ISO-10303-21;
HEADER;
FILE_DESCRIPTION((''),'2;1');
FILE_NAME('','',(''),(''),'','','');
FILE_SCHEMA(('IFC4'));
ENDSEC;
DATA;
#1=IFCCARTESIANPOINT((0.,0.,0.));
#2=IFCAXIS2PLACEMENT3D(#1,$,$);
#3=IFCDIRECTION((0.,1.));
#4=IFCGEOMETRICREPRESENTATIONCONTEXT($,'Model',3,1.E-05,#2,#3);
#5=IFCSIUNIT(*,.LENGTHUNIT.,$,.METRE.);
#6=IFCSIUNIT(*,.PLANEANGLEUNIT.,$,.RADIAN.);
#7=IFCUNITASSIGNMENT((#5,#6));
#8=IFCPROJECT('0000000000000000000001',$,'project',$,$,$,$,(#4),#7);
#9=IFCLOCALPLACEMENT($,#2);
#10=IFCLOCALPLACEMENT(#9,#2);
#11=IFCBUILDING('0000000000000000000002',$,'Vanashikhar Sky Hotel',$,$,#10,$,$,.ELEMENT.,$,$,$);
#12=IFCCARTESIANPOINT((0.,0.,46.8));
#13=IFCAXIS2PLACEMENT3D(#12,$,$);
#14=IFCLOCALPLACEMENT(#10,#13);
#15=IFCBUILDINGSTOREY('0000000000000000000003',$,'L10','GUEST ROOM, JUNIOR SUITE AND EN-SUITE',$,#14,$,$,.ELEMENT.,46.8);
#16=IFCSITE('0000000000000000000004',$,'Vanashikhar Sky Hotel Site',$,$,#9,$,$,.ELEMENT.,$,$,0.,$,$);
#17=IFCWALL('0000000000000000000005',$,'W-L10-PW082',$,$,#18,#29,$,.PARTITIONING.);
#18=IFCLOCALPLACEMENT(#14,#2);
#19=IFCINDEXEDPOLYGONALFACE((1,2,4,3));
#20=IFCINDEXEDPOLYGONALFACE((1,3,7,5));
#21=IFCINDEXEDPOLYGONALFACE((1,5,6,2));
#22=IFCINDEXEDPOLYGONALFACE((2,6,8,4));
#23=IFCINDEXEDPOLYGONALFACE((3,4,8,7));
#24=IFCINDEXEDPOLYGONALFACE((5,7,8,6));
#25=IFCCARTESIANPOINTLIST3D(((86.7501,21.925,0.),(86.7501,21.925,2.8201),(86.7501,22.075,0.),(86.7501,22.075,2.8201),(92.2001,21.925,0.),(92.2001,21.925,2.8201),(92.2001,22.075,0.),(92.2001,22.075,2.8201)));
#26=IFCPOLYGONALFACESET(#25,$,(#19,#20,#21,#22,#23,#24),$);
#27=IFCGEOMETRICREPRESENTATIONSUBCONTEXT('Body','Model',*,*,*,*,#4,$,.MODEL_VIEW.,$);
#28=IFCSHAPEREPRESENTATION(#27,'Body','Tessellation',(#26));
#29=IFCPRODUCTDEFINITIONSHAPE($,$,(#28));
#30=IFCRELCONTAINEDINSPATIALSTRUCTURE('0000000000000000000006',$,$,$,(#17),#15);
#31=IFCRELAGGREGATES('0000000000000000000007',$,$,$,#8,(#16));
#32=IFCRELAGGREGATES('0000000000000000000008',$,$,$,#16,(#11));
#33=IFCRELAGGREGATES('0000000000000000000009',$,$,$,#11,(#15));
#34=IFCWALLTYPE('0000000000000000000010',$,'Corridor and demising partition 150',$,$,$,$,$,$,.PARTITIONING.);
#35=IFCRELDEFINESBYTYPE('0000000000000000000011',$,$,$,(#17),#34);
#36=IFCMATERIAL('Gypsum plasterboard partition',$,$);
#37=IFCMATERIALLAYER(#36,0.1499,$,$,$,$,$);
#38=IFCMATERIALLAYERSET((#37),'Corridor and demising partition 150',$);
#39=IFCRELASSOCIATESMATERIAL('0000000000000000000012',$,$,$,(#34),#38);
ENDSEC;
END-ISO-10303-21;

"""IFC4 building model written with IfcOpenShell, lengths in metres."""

from ifc_helpers import new_model, si_unit, direction, frame, frame_2d, origin, place, context, subcontext, project, spatial, rectangle, extrude, source, transform, mapped, material, layer, layer_set, type_object, element, save


model = new_model("IFC4")

# Units and contexts
model_context = context("Model", 3, precision=1e-05, world=origin(), true_north=direction((0.0, 1.0)))
body_context = subcontext(model_context, "Body", "Model", "MODEL_VIEW")
ifc_project = project(units=[si_unit("LENGTHUNIT", "METRE"), si_unit("PLANEANGLEUNIT", "RADIAN")], contexts=[model_context])

# Site, building, storey
site_placement = place(None, origin())
site = spatial("IfcSite", under=ifc_project, at=site_placement, Name="Vanashikhar Sky Hotel Site", CompositionType="ELEMENT", RefElevation=0.0)
building_placement = place(site_placement, origin())
building = spatial("IfcBuilding", under=site, at=building_placement, Name="Vanashikhar Sky Hotel", CompositionType="ELEMENT")
storey_placement = place(building_placement, frame((0.0, 0.0, 46.8)))
storey = spatial("IfcBuildingStorey", under=building, at=storey_placement, Name="L10", Description="GUEST ROOM, JUNIOR SUITE AND EN-SUITE", CompositionType="ELEMENT", Elevation=46.8)

# Shared definitions
ifc_material_1 = material(Name="Gypsum plasterboard partition")

# Shared definitions
ifc_layer_1 = layer(ifc_material_1, 0.1499)
ifc_layer_set_1 = layer_set([ifc_layer_1], Name="Corridor and demising partition 150")
wall_type_1 = type_object("IfcWallType", Name="Corridor and demising partition 150", PredefinedType="PARTITIONING", material=ifc_layer_set_1)

# Wall
shared_shape_1 = source(origin(), body_context, "Body", "SweptSolid", [
    extrude(rectangle(XDim=5.45, YDim=0.1499, at=frame_2d((2.7251, 0.0))), origin(), (0.0, 0.0, 1.0), 2.8201),
])
wall_1_placement = place(storey_placement, frame((86.75, 22.0, 0.0), z_axis=(0.0, 0.0, 1.0), x_axis=(1.0, 0.0, 0.0)))
element("IfcWall", 1, at=wall_1_placement, inside=storey, type_object=wall_type_1, Name="W-L10-PW082", PredefinedType="PARTITIONING", context=body_context, shape_type="MappedRepresentation", body=[
    mapped(shared_shape_1, transform((0.0, 0.0, 0.0), scale=1.0)),
])

save(model, "model.ifc")
